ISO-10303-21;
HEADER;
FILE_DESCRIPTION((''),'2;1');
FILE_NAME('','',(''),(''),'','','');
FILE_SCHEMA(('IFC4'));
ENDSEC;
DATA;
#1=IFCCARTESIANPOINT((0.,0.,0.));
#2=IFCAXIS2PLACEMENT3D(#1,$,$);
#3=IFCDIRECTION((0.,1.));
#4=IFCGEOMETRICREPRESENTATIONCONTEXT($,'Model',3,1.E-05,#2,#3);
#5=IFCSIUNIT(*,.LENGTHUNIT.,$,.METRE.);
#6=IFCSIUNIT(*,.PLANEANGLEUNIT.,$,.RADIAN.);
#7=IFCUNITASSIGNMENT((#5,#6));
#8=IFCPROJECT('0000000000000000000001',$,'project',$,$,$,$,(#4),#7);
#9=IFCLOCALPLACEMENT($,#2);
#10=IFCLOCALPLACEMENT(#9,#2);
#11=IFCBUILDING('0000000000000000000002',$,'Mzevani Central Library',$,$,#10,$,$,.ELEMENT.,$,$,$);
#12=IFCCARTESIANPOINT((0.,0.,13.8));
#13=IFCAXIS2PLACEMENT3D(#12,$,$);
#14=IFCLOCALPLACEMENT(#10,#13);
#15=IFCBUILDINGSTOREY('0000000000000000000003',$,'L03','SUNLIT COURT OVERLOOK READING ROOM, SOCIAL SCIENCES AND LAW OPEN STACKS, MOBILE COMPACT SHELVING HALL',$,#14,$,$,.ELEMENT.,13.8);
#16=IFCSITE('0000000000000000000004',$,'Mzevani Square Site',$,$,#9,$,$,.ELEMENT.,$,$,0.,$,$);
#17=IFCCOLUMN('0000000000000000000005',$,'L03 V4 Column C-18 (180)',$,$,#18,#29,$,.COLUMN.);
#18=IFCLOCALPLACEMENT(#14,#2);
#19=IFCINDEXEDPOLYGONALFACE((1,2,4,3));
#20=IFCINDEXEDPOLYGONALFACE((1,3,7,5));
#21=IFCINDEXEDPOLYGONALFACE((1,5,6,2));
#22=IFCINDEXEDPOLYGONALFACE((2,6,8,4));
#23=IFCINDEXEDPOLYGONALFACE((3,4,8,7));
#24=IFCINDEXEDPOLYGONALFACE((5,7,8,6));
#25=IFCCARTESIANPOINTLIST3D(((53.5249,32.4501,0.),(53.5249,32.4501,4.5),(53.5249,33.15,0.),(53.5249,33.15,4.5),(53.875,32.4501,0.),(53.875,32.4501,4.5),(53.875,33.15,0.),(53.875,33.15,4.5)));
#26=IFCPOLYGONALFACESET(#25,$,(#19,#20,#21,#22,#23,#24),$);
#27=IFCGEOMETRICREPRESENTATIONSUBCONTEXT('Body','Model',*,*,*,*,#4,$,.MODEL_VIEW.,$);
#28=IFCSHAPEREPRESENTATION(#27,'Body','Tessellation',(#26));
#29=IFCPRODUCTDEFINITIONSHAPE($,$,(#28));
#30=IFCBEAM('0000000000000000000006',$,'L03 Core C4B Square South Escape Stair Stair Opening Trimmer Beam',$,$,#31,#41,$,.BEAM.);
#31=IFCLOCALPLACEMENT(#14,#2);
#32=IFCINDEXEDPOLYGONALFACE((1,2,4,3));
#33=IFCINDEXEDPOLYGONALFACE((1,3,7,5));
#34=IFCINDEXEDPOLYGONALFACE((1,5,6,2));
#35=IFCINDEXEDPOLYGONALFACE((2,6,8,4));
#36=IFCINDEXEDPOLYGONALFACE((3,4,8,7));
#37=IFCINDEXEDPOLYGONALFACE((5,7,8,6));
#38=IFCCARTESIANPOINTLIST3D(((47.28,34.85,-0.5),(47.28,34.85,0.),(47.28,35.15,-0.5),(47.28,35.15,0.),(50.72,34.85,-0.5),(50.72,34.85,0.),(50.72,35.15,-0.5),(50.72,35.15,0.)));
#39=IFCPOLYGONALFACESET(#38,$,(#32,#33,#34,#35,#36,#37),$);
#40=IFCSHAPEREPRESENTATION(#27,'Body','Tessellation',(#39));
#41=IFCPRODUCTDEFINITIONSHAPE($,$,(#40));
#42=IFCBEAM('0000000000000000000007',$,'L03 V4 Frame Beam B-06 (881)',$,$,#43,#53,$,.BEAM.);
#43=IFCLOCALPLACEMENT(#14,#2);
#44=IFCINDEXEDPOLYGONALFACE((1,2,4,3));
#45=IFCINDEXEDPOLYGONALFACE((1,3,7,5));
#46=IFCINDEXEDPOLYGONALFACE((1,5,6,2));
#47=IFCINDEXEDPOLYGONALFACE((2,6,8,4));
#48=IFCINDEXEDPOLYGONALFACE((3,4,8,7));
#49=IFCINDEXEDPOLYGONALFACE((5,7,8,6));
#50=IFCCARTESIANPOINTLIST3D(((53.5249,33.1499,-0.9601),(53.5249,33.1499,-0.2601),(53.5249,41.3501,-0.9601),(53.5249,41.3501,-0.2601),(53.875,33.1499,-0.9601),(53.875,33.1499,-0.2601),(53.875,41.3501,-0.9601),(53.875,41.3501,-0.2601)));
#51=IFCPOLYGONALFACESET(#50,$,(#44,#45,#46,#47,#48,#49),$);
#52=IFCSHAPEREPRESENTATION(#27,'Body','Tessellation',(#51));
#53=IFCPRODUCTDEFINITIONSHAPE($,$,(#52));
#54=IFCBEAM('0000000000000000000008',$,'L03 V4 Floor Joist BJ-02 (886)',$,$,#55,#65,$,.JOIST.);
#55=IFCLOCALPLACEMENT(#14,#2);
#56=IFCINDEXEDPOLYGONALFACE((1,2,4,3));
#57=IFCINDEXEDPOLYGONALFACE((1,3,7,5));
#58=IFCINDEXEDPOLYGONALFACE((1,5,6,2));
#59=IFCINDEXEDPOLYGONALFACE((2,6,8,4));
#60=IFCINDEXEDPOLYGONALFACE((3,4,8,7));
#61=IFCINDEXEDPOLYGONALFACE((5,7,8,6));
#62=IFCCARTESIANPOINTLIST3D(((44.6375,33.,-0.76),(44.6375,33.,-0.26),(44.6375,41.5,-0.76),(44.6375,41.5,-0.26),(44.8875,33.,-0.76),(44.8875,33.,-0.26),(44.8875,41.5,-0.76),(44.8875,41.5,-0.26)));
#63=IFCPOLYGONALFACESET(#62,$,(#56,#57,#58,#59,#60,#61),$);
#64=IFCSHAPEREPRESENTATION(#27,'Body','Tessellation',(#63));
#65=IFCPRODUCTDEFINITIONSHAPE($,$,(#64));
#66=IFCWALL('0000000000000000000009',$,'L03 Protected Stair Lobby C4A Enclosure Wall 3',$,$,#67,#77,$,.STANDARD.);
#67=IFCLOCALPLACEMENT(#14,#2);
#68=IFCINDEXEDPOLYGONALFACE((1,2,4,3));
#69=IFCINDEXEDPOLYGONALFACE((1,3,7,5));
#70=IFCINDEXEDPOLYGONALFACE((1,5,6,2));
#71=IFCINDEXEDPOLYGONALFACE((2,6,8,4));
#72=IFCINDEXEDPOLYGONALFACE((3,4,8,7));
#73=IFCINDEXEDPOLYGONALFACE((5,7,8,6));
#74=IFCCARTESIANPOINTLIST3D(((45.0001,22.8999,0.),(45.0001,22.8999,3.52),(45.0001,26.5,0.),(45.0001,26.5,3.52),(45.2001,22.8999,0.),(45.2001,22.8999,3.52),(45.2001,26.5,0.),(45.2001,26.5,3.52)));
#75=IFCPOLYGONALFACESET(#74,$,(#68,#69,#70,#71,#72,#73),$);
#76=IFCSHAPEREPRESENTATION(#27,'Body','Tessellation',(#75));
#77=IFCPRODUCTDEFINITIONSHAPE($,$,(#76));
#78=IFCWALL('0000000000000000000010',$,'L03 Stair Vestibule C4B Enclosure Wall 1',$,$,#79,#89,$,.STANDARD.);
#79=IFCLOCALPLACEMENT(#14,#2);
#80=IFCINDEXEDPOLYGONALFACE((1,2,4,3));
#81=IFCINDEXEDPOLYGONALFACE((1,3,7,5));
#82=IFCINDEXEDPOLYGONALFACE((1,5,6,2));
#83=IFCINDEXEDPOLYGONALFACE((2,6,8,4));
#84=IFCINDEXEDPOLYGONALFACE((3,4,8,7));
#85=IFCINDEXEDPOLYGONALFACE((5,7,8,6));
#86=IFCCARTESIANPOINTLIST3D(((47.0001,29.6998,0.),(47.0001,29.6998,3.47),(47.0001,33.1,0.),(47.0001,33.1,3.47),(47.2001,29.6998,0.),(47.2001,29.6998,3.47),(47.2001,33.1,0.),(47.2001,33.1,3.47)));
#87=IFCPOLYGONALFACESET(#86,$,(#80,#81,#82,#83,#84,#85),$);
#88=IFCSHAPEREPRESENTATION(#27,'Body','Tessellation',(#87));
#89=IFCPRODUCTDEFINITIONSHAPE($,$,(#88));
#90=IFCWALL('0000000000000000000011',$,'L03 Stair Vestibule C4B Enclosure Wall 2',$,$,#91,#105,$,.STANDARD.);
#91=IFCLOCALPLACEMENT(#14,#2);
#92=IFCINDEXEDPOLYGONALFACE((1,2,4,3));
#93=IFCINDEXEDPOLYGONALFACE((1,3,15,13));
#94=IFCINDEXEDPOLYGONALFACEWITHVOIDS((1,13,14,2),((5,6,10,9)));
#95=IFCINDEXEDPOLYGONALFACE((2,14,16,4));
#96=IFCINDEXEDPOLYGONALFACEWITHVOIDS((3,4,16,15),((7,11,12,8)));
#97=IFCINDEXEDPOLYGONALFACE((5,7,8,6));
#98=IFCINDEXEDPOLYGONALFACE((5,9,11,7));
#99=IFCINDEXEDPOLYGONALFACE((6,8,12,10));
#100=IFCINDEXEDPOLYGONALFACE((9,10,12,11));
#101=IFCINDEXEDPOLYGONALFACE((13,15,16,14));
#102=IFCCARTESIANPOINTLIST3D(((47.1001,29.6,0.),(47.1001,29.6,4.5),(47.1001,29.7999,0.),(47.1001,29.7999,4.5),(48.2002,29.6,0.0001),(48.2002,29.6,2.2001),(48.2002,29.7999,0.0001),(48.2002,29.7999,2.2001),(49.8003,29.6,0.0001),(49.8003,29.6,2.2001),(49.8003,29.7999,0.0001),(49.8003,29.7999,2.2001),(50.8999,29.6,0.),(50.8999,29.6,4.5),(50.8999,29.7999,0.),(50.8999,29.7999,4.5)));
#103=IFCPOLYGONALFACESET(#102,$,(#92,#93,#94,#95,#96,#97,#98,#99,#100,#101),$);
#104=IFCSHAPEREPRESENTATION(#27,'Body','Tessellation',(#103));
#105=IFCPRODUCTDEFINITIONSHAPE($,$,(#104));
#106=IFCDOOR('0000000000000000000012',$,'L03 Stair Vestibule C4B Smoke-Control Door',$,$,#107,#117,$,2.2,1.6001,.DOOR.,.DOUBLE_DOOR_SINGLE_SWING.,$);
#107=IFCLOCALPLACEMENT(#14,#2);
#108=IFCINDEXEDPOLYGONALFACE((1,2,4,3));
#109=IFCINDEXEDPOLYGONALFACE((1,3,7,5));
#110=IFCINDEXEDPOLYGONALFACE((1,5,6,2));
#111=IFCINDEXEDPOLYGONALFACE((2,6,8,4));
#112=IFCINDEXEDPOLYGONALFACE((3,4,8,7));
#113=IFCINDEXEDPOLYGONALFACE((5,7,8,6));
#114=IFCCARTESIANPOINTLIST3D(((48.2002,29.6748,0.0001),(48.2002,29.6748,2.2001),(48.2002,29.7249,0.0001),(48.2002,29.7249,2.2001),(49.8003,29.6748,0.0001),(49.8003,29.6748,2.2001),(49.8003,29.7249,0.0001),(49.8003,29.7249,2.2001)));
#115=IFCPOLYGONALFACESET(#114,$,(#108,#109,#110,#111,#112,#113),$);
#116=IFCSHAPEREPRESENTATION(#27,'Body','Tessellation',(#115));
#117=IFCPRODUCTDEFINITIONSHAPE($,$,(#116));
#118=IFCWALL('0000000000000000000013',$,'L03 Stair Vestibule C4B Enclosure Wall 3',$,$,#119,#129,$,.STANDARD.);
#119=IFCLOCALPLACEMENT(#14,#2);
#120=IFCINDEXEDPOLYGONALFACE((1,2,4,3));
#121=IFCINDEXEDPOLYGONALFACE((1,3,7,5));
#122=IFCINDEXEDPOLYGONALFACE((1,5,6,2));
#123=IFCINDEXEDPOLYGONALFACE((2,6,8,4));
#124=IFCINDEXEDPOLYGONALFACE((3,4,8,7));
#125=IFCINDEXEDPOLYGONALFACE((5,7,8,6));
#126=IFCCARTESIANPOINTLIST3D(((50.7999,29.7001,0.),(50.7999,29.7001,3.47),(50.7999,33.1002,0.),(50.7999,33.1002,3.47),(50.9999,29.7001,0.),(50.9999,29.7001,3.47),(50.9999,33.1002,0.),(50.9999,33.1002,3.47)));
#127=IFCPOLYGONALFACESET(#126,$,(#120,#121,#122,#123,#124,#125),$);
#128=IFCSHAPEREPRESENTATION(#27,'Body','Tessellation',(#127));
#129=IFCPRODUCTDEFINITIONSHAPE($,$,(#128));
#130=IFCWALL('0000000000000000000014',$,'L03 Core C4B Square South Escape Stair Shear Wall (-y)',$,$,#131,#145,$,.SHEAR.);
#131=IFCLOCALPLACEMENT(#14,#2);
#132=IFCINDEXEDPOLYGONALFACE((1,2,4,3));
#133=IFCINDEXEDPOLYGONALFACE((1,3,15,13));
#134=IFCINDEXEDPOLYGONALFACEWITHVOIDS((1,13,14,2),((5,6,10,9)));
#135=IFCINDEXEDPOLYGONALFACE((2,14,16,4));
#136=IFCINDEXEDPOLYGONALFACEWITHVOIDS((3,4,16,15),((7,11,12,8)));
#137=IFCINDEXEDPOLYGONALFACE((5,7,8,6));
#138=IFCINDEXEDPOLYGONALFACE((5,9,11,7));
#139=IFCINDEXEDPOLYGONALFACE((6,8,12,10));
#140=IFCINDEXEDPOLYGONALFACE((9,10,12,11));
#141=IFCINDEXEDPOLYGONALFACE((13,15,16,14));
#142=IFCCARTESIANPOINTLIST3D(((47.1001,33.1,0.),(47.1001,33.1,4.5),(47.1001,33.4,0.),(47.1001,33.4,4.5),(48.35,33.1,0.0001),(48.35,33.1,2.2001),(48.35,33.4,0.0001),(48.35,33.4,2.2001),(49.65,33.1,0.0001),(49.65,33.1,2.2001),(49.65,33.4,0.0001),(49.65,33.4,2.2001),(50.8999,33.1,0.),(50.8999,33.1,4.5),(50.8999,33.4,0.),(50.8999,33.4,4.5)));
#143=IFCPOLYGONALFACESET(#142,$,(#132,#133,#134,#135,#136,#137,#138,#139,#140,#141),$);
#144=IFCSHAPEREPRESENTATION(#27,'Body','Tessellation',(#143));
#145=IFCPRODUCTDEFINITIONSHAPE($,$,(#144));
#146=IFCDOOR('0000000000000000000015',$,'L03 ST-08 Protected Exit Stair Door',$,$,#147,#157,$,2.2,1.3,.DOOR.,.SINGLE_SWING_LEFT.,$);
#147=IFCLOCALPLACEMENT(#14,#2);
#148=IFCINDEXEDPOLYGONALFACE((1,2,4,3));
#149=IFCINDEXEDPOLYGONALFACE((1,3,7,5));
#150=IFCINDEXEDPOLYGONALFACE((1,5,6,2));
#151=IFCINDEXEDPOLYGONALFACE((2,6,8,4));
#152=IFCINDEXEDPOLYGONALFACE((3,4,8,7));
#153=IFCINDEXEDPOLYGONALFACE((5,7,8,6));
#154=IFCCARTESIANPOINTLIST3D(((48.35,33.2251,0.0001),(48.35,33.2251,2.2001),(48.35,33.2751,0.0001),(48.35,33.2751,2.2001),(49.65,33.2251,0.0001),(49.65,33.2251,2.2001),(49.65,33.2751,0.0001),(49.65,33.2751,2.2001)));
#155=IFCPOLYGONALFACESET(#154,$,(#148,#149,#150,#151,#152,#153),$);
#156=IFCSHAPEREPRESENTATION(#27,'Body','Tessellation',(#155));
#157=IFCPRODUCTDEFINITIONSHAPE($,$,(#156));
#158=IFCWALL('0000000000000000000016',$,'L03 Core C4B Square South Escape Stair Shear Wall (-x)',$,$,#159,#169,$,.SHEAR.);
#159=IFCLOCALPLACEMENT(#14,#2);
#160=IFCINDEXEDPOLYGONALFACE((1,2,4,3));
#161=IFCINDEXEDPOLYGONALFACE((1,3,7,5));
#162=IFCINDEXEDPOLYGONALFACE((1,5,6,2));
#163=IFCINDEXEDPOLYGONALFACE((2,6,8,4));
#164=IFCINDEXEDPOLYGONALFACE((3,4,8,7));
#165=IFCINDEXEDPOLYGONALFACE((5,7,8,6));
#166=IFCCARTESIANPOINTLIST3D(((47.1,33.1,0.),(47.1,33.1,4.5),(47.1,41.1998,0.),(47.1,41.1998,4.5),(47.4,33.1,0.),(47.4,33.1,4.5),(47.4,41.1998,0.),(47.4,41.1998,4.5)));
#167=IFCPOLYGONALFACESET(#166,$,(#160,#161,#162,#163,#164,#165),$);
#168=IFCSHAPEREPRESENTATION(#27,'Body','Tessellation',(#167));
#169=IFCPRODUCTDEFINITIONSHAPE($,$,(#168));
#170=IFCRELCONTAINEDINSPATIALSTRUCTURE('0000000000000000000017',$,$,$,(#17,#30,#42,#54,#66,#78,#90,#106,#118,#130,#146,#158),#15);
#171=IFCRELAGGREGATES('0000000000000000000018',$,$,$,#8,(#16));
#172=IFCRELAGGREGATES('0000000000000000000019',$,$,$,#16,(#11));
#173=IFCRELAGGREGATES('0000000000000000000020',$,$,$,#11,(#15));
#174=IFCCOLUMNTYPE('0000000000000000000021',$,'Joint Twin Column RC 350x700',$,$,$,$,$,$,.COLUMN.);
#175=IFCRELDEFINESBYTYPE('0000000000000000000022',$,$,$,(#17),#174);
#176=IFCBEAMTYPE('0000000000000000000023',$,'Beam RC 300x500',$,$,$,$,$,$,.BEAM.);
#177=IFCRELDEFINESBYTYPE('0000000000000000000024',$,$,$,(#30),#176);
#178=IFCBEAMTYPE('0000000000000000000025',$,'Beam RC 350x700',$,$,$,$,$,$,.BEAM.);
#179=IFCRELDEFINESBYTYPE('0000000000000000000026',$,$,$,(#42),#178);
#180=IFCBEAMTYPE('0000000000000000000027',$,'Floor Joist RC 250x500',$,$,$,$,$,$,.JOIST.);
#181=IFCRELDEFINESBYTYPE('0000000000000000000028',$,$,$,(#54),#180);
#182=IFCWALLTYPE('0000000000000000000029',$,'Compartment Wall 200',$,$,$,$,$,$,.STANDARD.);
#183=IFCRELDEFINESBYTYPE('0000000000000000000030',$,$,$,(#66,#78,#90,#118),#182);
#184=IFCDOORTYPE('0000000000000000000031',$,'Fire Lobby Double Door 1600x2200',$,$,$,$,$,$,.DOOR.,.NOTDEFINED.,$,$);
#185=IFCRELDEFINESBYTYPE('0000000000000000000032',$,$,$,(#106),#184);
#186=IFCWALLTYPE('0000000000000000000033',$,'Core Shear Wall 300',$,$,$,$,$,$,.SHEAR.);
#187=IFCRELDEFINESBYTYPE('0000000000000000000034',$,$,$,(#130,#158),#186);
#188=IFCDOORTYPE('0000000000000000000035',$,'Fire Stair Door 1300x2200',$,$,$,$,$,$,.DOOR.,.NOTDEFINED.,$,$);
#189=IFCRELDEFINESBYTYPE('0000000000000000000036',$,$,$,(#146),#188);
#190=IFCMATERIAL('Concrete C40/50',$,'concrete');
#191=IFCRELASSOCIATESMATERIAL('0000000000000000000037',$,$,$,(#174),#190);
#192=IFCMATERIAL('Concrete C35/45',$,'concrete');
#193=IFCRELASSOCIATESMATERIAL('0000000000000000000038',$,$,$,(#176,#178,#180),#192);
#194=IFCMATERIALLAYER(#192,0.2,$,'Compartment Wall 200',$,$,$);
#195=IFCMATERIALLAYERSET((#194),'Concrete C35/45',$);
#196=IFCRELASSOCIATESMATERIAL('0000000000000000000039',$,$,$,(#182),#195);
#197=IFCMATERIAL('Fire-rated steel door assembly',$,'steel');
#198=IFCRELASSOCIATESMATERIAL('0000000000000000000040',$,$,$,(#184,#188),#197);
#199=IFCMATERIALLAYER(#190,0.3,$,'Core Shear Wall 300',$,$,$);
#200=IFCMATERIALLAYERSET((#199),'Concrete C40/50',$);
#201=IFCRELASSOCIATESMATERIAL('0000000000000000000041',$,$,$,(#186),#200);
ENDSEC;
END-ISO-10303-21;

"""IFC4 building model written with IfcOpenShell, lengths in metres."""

from ifc_helpers import new_model, si_unit, direction, frame, frame_2d, origin, origin_2d, place, context, subcontext, project, spatial, rectangle, extrude, material, layer, layer_set, material_profile, profile_set, type_object, element, fill, save


model = new_model("IFC4")

# Units and contexts
model_context = context("Model", 3, precision=1e-05, world=origin(), true_north=direction((0.0, 1.0)))
body_context = subcontext(model_context, "Body", "Model", "MODEL_VIEW")
ifc_project = project(units=[si_unit("LENGTHUNIT", "METRE"), si_unit("PLANEANGLEUNIT", "RADIAN")], contexts=[model_context])

# Site, building, storey
site_placement = place(None, origin())
site = spatial("IfcSite", under=ifc_project, at=site_placement, Name="Mzevani Square Site", CompositionType="ELEMENT", RefElevation=0.0)
building_placement = place(site_placement, origin())
building = spatial("IfcBuilding", under=site, at=building_placement, Name="Mzevani Central Library", CompositionType="ELEMENT")
storey_placement = place(building_placement, frame((0.0, 0.0, 13.8)))
storey = spatial("IfcBuildingStorey", under=building, at=storey_placement, Name="L03", Description="SUNLIT COURT OVERLOOK READING ROOM, SOCIAL SCIENCES AND LAW OPEN STACKS, MOBILE COMPACT SHELVING HALL", CompositionType="ELEMENT", Elevation=13.8)

# Column
ifc_material_1 = material(Name="Concrete C40/50", Category="concrete")
ifc_material_profile_1 = material_profile(ifc_material_1, rectangle(XDim=0.3501, YDim=0.7, at=origin_2d()), Name="RC 350x700")
ifc_profile_set_1 = profile_set([ifc_material_profile_1], Name="Concrete C40/50")
column_type = type_object("IfcColumnType", Name="Joint Twin Column RC 350x700", PredefinedType="COLUMN", material=ifc_profile_set_1)
column_placement = place(storey_placement, frame((53.7, 32.8, 0.0), z_axis=(0.0, 0.0, 1.0), x_axis=(1.0, 0.0, 0.0)))
element("IfcColumn", 1, at=column_placement, inside=storey, type_object=column_type, Name="L03 V4 Column C-18 (180)", PredefinedType="COLUMN", context=body_context, shape_type="SweptSolid", body=[
    extrude(rectangle(XDim=0.3501, YDim=0.7, at=origin_2d()), origin(), (0.0, 0.0, 1.0), 4.5),
])

# Beams
ifc_material_2 = material(Name="Concrete C35/45", Category="concrete")
ifc_material_profile_2 = material_profile(ifc_material_2, rectangle(XDim=0.3, YDim=0.5, at=origin_2d()), Name="RC B300x500")
ifc_profile_set_2 = profile_set([ifc_material_profile_2], Name="Concrete C35/45")
beam_type_1 = type_object("IfcBeamType", Name="Beam RC 300x500", PredefinedType="BEAM", material=ifc_profile_set_2)
beam_1_placement = place(storey_placement, frame((47.28, 35.0, -0.25), z_axis=(1.0, 0.0, 0.0), x_axis=(0.0, 1.0, 0.0)))
element("IfcBeam", 2, at=beam_1_placement, inside=storey, type_object=beam_type_1, Name="L03 Core C4B Square South Escape Stair Stair Opening Trimmer Beam", PredefinedType="BEAM", context=body_context, shape_type="SweptSolid", body=[
    extrude(rectangle(XDim=0.3, YDim=0.5, at=origin_2d()), origin(), (0.0, 0.0, 1.0), 3.4399),
])
ifc_material_profile_3 = material_profile(ifc_material_2, rectangle(XDim=0.3501, YDim=0.7, at=origin_2d()), Name="RC B350x700")
ifc_profile_set_3 = profile_set([ifc_material_profile_3], Name="Concrete C35/45")
beam_type_2 = type_object("IfcBeamType", Name="Beam RC 350x700", PredefinedType="BEAM", material=ifc_profile_set_3)
beam_2_placement = place(storey_placement, frame((53.7, 33.1499, -0.6101), z_axis=(0.0, 1.0, 0.0), x_axis=(-1.0, 0.0, 0.0)))
element("IfcBeam", 3, at=beam_2_placement, inside=storey, type_object=beam_type_2, Name="L03 V4 Frame Beam B-06 (881)", PredefinedType="BEAM", context=body_context, shape_type="SweptSolid", body=[
    extrude(rectangle(XDim=0.3501, YDim=0.7, at=origin_2d()), origin(), (0.0, 0.0, 1.0), 8.2002),
])
ifc_material_profile_4 = material_profile(ifc_material_2, rectangle(XDim=0.25, YDim=0.5, at=origin_2d()), Name="RC J250x500")
ifc_profile_set_4 = profile_set([ifc_material_profile_4], Name="Concrete C35/45")
beam_type_3 = type_object("IfcBeamType", Name="Floor Joist RC 250x500", PredefinedType="JOIST", material=ifc_profile_set_4)
beam_3_placement = place(storey_placement, frame((44.7625, 33.0, -0.51), z_axis=(0.0, 1.0, 0.0), x_axis=(-1.0, 0.0, 0.0)))
element("IfcBeam", 4, at=beam_3_placement, inside=storey, type_object=beam_type_3, Name="L03 V4 Floor Joist BJ-02 (886)", PredefinedType="JOIST", context=body_context, shape_type="SweptSolid", body=[
    extrude(rectangle(XDim=0.25, YDim=0.5, at=origin_2d()), origin(), (0.0, 0.0, 1.0), 8.5),
])

# Walls
ifc_layer_1 = layer(ifc_material_2, 0.2, Name="Compartment Wall 200")
ifc_layer_set_1 = layer_set([ifc_layer_1], Name="Concrete C35/45")
wall_type_1 = type_object("IfcWallType", Name="Compartment Wall 200", PredefinedType="STANDARD", material=ifc_layer_set_1)
wall_1_placement = place(storey_placement, frame((45.1001, 26.5, 0.0), z_axis=(0.0, 0.0, 1.0), x_axis=(0.0, -1.0, 0.0)))
element("IfcWall", 5, at=wall_1_placement, inside=storey, type_object=wall_type_1, Name="L03 Protected Stair Lobby C4A Enclosure Wall 3", PredefinedType="STANDARD", context=body_context, shape_type="SweptSolid", body=[
    extrude(rectangle(XDim=3.6001, YDim=0.2, at=frame_2d((1.8, 0.0))), origin(), (0.0, 0.0, 1.0), 3.52),
])
wall_2_placement = place(storey_placement, frame((47.1001, 33.1001, 0.0), z_axis=(0.0, 0.0, 1.0), x_axis=(0.0, -1.0, 0.0)))
element("IfcWall", 6, at=wall_2_placement, inside=storey, type_object=wall_type_1, Name="L03 Stair Vestibule C4B Enclosure Wall 1", PredefinedType="STANDARD", context=body_context, shape_type="SweptSolid", body=[
    extrude(rectangle(XDim=3.4001, YDim=0.2, at=frame_2d((1.7002, 0.0))), origin(), (0.0, 0.0, 1.0), 3.47),
])

# Wall, opening, door
wall_3_placement = place(storey_placement, frame((47.1001, 29.7, 0.0), z_axis=(0.0, 0.0, 1.0), x_axis=(1.0, 0.0, 0.0)))
wall_3 = element("IfcWall", 7, at=wall_3_placement, inside=storey, type_object=wall_type_1, Name="L03 Stair Vestibule C4B Enclosure Wall 2", PredefinedType="STANDARD", context=body_context, shape_type="SweptSolid", body=[
    extrude(rectangle(XDim=3.7998, YDim=0.2, at=frame_2d((1.8999, 0.0))), origin(), (0.0, 0.0, 1.0), 4.5),
])
opening_1_placement = place(wall_3_placement, frame((1.1001, 0.0, 0.0)))
opening_1 = element("IfcOpeningElement", 8, at=opening_1_placement, cuts=wall_3, PredefinedType="OPENING", context=body_context, shape_type="SweptSolid", body=[
    extrude(rectangle(XDim=1.6001, YDim=2.2, at=frame_2d((0.8, 1.1001))), frame((0.0, 0.1099, 0.0), z_axis=(0.0, -1.0, 0.0), x_axis=(1.0, 0.0, 0.0)), (0.0, 0.0, 1.0), 0.22),
])
ifc_material_3 = material(Name="Fire-rated steel door assembly", Category="steel")
door_type_1 = type_object("IfcDoorType", Name="Fire Lobby Double Door 1600x2200", OperationType="NOTDEFINED", PredefinedType="DOOR", material=ifc_material_3)
door_1_placement = place(opening_1_placement, origin())
door_1 = element("IfcDoor", 9, at=door_1_placement, inside=storey, type_object=door_type_1, Name="L03 Stair Vestibule C4B Smoke-Control Door", OperationType="DOUBLE_DOOR_SINGLE_SWING", OverallHeight=2.2, OverallWidth=1.6001, PredefinedType="DOOR", context=body_context, shape_type="SweptSolid", body=[
    extrude(rectangle(XDim=1.6001, YDim=2.2, at=frame_2d((0.8, 1.1001))), frame((0.0, 0.0249, 0.0), z_axis=(0.0, -1.0, 0.0), x_axis=(1.0, 0.0, 0.0)), (0.0, 0.0, 1.0), 0.05),
])
fill(opening_1, door_1)

# Wall
wall_4_placement = place(storey_placement, frame((50.8999, 29.7, 0.0), z_axis=(0.0, 0.0, 1.0), x_axis=(0.0, 1.0, 0.0)))
element("IfcWall", 10, at=wall_4_placement, inside=storey, type_object=wall_type_1, Name="L03 Stair Vestibule C4B Enclosure Wall 3", PredefinedType="STANDARD", context=body_context, shape_type="SweptSolid", body=[
    extrude(rectangle(XDim=3.4001, YDim=0.2, at=frame_2d((1.7002, 0.0))), origin(), (0.0, 0.0, 1.0), 3.47),
])

# Wall, opening, door
ifc_layer_2 = layer(ifc_material_1, 0.3, Name="Core Shear Wall 300")
ifc_layer_set_2 = layer_set([ifc_layer_2], Name="Concrete C40/50")
wall_type_2 = type_object("IfcWallType", Name="Core Shear Wall 300", PredefinedType="SHEAR", material=ifc_layer_set_2)
wall_5_placement = place(storey_placement, frame((50.8999, 33.25, 0.0), z_axis=(0.0, 0.0, 1.0), x_axis=(-1.0, 0.0, 0.0)))
wall_5 = element("IfcWall", 11, at=wall_5_placement, inside=storey, type_object=wall_type_2, Name="L03 Core C4B Square South Escape Stair Shear Wall (-y)", PredefinedType="SHEAR", context=body_context, shape_type="SweptSolid", body=[
    extrude(rectangle(XDim=3.7998, YDim=0.3, at=frame_2d((1.8999, 0.0))), origin(), (0.0, 0.0, 1.0), 4.5),
])
opening_2_placement = place(wall_5_placement, frame((1.25, 0.0, 0.0)))
opening_2 = element("IfcOpeningElement", 12, at=opening_2_placement, cuts=wall_5, PredefinedType="OPENING", context=body_context, shape_type="SweptSolid", body=[
    extrude(rectangle(XDim=1.3, YDim=2.2, at=frame_2d((0.6499, 1.1001))), frame((0.0, 0.1602, 0.0), z_axis=(0.0, -1.0, 0.0), x_axis=(1.0, 0.0, 0.0)), (0.0, 0.0, 1.0), 0.3201),
])
door_type_2 = type_object("IfcDoorType", Name="Fire Stair Door 1300x2200", OperationType="NOTDEFINED", PredefinedType="DOOR", material=ifc_material_3)
door_2_placement = place(opening_2_placement, origin())
door_2 = element("IfcDoor", 13, at=door_2_placement, inside=storey, type_object=door_type_2, Name="L03 ST-08 Protected Exit Stair Door", OperationType="SINGLE_SWING_LEFT", OverallHeight=2.2, OverallWidth=1.3, PredefinedType="DOOR", context=body_context, shape_type="SweptSolid", body=[
    extrude(rectangle(XDim=1.3, YDim=2.2, at=frame_2d((0.6499, 1.1001))), frame((0.0, 0.0249, 0.0), z_axis=(0.0, -1.0, 0.0), x_axis=(1.0, 0.0, 0.0)), (0.0, 0.0, 1.0), 0.05),
])
fill(opening_2, door_2)

# Wall
wall_6_placement = place(storey_placement, frame((47.25, 33.1001, 0.0), z_axis=(0.0, 0.0, 1.0), x_axis=(0.0, 1.0, 0.0)))
element("IfcWall", 14, at=wall_6_placement, inside=storey, type_object=wall_type_2, Name="L03 Core C4B Square South Escape Stair Shear Wall (-x)", PredefinedType="SHEAR", context=body_context, shape_type="SweptSolid", body=[
    extrude(rectangle(XDim=8.0999, YDim=0.3, at=frame_2d((4.0498, 0.0))), origin(), (0.0, 0.0, 1.0), 4.5),
])

save(model, "model.ifc")
